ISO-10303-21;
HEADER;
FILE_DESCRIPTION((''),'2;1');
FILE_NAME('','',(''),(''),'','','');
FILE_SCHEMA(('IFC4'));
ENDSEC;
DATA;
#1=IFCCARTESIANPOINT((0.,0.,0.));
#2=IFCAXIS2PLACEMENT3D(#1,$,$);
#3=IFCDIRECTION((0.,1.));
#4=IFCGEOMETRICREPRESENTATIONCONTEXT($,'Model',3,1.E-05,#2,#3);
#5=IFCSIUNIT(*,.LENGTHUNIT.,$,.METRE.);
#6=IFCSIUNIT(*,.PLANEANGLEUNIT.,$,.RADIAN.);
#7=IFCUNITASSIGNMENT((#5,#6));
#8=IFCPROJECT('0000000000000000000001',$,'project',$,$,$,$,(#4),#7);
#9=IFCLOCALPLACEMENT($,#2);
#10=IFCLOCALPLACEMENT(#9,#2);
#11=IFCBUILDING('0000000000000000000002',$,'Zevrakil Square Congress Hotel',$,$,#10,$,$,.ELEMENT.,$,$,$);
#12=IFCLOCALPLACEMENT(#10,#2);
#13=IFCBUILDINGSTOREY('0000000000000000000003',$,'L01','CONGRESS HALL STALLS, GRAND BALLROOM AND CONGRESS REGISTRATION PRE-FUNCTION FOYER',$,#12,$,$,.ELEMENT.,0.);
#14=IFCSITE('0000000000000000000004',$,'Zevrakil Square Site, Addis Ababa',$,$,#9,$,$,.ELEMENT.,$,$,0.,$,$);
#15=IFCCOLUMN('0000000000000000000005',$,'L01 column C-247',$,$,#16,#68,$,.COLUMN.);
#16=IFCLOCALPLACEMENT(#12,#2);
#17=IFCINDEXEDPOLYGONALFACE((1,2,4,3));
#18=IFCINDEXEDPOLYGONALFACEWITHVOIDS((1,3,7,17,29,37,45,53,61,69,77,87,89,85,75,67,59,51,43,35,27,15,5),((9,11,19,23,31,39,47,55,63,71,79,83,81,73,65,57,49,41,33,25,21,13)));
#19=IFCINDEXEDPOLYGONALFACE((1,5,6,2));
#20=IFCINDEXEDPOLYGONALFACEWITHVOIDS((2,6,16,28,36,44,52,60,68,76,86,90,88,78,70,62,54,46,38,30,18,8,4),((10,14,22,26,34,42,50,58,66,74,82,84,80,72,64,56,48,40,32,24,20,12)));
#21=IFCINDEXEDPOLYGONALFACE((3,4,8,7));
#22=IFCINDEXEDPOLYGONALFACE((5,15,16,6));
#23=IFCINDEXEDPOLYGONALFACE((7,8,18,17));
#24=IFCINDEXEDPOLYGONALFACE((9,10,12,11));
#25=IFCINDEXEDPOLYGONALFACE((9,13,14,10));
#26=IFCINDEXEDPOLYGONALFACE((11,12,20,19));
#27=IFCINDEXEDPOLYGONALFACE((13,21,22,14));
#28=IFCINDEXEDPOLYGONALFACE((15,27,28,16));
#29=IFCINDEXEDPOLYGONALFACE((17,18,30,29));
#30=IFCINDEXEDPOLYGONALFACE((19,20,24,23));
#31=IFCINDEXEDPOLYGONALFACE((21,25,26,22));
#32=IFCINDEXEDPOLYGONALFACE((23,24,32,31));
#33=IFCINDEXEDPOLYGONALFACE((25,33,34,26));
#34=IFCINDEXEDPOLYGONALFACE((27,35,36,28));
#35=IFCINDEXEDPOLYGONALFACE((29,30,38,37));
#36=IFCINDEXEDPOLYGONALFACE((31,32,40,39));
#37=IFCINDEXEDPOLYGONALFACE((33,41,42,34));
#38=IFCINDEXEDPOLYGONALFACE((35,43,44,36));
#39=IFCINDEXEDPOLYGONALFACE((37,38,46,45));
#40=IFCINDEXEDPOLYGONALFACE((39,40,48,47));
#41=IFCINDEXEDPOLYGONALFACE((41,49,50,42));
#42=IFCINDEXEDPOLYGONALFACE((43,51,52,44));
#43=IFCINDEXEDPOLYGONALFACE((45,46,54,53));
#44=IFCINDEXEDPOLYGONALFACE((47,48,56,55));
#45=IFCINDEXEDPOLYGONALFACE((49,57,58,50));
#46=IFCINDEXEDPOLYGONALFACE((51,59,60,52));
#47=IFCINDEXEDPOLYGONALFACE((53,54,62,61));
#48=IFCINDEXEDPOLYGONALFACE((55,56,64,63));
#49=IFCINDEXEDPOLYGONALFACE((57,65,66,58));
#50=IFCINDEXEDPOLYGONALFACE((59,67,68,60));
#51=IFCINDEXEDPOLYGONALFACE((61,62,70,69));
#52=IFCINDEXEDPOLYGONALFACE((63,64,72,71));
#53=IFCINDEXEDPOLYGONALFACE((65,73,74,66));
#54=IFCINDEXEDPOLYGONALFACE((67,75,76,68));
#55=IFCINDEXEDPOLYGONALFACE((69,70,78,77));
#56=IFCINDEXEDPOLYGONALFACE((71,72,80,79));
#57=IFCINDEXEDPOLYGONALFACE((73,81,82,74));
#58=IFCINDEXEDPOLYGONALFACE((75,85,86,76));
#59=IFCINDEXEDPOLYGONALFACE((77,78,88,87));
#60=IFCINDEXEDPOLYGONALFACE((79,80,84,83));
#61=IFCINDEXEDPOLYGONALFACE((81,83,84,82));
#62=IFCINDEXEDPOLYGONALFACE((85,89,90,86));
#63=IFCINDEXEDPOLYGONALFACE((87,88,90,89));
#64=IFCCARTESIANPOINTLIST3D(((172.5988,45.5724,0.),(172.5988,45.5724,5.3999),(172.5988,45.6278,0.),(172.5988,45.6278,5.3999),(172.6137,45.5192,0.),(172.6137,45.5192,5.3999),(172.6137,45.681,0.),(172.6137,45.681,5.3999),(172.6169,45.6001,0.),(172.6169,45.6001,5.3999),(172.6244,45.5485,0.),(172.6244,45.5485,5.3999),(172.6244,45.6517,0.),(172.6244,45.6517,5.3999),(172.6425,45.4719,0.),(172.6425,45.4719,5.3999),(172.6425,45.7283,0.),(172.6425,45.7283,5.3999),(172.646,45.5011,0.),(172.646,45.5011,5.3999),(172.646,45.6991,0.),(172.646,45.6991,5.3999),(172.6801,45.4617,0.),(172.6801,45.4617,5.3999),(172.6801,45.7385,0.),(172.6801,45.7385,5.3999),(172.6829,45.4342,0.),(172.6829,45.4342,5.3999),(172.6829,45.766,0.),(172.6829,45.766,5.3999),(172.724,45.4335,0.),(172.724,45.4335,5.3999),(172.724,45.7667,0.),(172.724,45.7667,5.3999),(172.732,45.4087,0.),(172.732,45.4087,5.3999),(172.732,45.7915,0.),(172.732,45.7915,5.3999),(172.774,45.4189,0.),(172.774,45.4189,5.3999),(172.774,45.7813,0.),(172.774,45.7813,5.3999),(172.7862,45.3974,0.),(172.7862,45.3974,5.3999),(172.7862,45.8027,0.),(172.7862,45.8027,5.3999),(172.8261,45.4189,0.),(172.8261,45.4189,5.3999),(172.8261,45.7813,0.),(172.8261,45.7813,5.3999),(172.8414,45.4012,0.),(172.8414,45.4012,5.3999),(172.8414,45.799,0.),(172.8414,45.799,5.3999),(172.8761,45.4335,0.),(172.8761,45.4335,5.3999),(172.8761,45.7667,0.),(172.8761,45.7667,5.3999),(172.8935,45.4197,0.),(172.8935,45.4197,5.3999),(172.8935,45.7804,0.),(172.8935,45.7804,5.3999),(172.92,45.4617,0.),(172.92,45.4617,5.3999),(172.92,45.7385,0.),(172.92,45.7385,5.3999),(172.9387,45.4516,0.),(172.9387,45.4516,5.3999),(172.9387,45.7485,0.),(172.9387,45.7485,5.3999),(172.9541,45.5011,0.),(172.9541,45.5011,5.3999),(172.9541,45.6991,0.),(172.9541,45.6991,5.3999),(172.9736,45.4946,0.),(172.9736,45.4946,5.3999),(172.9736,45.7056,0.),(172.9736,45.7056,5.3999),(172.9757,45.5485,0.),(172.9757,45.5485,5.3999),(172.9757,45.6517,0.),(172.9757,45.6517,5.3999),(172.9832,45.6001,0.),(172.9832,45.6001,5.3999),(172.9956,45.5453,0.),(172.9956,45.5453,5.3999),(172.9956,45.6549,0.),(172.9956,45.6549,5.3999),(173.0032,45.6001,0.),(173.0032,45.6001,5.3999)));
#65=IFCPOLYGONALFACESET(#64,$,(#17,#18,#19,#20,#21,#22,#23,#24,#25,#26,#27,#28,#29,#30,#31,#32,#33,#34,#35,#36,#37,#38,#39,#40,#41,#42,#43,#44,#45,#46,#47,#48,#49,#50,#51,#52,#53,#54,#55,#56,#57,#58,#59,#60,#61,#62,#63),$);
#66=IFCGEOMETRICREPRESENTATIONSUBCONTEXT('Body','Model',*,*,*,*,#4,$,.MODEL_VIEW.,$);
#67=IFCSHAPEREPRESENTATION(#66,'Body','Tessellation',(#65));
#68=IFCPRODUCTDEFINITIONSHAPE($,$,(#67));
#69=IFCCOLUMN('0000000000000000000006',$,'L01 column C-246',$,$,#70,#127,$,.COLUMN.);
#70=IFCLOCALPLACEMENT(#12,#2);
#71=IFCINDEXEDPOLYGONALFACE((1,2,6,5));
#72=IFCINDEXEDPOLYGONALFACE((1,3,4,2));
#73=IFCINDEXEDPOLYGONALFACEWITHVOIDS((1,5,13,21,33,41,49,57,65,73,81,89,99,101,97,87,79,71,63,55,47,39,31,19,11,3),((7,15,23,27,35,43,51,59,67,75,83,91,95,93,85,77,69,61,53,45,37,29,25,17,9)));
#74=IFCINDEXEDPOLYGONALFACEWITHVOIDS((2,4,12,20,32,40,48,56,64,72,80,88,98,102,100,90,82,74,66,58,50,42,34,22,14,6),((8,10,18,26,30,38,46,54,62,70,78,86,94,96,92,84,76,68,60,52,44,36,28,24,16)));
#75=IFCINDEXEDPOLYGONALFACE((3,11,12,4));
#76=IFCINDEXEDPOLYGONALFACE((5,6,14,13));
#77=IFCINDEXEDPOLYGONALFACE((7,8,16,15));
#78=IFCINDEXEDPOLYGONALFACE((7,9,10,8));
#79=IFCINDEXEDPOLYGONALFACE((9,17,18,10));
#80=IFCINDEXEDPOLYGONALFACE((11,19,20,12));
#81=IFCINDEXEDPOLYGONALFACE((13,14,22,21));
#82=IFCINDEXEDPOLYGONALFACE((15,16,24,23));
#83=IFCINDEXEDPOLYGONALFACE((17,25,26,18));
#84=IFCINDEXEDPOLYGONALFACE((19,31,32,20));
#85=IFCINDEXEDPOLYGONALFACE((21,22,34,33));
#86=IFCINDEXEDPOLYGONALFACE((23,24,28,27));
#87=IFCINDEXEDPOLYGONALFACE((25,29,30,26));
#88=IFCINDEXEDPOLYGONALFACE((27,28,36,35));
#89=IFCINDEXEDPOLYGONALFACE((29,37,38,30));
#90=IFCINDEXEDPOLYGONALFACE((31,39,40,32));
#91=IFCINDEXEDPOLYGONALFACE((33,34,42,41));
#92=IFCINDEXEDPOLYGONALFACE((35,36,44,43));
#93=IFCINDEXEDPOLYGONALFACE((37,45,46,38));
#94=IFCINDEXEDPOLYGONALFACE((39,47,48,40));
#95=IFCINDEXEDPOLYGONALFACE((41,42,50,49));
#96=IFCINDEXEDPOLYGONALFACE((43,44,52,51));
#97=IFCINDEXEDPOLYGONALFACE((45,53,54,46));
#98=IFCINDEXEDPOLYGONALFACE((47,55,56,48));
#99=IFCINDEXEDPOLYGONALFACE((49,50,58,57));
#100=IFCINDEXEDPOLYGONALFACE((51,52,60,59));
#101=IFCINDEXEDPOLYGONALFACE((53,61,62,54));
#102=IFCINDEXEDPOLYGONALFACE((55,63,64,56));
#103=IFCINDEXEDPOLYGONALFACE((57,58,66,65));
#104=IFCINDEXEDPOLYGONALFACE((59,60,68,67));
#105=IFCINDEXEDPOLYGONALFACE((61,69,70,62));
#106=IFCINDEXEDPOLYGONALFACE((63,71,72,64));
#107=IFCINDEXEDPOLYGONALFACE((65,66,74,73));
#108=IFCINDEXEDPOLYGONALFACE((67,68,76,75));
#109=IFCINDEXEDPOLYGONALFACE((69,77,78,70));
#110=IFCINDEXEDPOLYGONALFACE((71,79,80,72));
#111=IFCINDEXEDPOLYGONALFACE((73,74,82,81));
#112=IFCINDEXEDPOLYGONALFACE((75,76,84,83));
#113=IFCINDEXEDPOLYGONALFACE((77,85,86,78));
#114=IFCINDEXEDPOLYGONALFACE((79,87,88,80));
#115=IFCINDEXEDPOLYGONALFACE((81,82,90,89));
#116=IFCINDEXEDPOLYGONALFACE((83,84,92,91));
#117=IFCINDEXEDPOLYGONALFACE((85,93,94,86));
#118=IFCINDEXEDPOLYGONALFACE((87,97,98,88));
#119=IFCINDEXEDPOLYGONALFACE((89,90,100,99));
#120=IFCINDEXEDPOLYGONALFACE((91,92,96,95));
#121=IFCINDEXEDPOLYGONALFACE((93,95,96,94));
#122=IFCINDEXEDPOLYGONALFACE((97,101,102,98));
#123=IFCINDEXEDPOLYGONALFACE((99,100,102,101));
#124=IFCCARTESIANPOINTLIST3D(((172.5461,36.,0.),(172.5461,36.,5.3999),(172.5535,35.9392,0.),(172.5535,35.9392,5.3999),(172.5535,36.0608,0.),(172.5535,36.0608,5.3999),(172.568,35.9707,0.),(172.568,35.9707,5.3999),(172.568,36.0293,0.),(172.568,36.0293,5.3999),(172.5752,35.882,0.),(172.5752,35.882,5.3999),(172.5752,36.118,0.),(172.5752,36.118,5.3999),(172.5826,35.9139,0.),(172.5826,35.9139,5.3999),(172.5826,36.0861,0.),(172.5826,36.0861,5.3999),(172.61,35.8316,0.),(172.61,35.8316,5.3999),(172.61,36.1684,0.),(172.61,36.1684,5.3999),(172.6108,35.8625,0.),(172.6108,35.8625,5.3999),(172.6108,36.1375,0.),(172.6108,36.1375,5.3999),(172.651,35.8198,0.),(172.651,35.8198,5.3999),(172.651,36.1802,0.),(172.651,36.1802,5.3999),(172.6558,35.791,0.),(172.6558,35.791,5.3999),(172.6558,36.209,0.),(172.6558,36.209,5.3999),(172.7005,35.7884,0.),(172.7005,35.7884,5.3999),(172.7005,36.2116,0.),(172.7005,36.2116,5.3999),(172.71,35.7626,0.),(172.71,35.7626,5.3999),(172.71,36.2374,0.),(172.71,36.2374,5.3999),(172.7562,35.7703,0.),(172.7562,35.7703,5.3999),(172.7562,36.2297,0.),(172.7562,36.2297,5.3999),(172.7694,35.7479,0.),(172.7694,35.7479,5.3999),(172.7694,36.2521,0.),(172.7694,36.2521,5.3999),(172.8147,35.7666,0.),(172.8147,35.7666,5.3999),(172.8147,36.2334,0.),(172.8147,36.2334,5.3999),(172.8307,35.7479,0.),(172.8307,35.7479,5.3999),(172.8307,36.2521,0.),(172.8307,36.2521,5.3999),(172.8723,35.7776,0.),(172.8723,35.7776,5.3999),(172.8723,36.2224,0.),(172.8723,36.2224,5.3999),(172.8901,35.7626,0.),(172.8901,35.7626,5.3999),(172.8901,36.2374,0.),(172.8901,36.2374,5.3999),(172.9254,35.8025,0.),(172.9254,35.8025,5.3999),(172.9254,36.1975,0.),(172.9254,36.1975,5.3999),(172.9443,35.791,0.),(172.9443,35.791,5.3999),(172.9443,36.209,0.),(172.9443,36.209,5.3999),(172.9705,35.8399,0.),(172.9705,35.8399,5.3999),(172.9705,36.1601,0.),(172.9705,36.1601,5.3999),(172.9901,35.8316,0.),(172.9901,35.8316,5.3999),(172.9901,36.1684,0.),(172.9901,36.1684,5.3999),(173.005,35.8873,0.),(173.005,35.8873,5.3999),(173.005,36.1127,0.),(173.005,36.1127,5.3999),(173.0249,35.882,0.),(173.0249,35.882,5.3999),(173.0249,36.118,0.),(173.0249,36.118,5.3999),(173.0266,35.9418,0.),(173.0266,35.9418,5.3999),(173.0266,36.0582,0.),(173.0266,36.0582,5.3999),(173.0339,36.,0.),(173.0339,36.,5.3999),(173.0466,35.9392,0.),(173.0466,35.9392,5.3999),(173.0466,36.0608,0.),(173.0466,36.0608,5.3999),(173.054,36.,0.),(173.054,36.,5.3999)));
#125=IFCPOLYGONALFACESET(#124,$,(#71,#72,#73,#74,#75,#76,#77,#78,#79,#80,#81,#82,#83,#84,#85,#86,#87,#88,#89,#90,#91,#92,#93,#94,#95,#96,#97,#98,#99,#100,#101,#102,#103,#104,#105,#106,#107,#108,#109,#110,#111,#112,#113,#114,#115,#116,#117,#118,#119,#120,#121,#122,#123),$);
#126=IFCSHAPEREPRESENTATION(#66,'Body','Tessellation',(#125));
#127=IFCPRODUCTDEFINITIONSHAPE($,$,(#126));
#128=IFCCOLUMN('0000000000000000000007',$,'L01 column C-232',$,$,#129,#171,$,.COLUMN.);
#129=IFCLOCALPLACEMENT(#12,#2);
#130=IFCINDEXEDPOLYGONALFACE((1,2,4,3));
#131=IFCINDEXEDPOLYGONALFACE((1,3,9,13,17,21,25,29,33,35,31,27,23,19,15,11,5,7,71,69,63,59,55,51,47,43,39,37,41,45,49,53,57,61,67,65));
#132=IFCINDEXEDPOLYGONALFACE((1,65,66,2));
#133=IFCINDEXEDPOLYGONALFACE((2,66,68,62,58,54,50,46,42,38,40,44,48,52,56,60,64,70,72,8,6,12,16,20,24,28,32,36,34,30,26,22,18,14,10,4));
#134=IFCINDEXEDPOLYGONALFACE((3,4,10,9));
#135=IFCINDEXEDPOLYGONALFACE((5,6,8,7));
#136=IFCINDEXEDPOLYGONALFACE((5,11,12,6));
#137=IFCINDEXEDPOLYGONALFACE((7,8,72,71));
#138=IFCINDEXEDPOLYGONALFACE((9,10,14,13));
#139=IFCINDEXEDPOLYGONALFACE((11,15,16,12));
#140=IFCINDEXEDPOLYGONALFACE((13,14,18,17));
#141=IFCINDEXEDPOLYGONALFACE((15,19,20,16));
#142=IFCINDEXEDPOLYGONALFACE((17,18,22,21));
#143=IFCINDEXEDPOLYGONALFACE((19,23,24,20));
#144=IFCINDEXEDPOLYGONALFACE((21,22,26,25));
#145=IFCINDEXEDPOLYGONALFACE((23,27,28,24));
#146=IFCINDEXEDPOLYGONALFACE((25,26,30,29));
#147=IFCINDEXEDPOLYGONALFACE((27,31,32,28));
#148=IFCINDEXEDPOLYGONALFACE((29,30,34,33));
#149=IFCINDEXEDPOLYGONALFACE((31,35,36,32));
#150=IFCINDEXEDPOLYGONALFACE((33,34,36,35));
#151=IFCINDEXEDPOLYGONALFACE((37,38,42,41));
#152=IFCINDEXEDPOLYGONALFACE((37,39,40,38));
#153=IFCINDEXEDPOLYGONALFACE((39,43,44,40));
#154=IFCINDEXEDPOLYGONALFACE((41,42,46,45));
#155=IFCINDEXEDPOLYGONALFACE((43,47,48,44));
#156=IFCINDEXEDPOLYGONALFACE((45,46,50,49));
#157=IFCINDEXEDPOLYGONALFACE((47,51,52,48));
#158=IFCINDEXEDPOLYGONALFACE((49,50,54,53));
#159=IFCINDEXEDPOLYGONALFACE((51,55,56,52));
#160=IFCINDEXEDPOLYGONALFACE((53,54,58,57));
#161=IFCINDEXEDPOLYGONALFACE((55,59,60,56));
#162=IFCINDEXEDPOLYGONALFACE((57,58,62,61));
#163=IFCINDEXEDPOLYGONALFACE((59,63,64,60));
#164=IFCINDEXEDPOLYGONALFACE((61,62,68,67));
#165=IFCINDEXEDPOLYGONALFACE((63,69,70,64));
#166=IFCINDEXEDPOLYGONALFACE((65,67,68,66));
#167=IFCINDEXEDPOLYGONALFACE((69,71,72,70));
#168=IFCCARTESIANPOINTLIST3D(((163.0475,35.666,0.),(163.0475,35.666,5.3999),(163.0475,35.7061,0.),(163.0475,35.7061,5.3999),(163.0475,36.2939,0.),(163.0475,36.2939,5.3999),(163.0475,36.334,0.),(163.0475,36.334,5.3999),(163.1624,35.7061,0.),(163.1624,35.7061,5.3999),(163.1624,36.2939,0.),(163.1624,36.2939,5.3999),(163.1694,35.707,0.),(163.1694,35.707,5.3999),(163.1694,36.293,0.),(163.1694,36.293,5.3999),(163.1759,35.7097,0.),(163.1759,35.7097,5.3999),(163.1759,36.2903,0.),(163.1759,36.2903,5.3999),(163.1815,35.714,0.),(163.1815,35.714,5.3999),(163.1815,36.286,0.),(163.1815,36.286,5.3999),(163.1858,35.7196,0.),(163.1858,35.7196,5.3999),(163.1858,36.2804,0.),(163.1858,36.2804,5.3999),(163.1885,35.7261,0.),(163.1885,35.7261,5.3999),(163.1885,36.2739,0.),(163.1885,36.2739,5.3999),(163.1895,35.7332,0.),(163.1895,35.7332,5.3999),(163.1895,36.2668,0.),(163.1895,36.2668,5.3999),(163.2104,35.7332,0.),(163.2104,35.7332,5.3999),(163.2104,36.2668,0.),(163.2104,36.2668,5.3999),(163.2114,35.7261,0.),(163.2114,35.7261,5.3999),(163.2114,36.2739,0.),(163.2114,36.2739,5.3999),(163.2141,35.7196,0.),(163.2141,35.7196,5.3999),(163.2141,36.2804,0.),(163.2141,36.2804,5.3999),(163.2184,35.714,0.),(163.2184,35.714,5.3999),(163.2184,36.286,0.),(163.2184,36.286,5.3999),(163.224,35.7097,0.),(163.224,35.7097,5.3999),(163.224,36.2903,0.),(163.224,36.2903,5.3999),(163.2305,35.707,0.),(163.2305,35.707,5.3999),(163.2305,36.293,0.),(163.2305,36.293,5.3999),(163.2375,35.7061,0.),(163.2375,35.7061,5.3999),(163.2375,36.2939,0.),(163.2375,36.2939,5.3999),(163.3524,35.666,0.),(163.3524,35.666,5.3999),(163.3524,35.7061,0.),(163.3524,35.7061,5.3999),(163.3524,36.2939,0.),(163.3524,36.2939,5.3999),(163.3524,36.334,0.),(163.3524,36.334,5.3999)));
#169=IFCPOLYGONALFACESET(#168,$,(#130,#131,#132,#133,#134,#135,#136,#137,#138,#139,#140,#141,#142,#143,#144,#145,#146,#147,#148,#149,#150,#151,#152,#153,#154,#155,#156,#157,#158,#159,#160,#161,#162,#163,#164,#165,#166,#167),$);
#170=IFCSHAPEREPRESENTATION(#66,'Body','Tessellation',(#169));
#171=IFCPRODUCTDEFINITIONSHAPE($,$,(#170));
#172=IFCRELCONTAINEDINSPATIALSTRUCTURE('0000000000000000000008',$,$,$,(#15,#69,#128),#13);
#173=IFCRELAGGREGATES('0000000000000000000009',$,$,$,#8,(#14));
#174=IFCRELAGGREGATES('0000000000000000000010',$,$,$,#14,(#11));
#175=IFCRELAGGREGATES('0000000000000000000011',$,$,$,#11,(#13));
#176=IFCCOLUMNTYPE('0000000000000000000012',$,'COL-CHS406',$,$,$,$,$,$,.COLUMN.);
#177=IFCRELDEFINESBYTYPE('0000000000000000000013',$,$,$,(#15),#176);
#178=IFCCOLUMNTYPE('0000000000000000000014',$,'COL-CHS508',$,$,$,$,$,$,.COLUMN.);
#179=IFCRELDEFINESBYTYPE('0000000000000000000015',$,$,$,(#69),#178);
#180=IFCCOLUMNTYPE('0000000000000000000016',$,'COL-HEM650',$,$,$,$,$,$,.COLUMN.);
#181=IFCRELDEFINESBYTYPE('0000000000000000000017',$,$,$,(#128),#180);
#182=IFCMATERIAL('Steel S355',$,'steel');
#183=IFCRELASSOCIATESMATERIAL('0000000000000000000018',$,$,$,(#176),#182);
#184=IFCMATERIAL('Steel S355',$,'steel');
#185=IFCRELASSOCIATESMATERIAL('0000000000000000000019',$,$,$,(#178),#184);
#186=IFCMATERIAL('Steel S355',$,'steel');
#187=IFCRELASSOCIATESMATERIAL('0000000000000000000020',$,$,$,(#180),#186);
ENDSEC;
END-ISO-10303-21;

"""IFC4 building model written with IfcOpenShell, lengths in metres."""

from ifc_helpers import new_model, si_unit, direction, frame, origin, origin_2d, place, context, subcontext, project, spatial, hollow_circle, i_section, extrude, material, material_profile, profile_set, type_object, element, save


model = new_model("IFC4")

# Units and contexts
model_context = context("Model", 3, precision=1e-05, world=origin(), true_north=direction((0.0, 1.0)))
body_context = subcontext(model_context, "Body", "Model", "MODEL_VIEW")
ifc_project = project(units=[si_unit("LENGTHUNIT", "METRE"), si_unit("PLANEANGLEUNIT", "RADIAN")], contexts=[model_context])

# Site, building, storey
site_placement = place(None, origin())
site = spatial("IfcSite", under=ifc_project, at=site_placement, Name="Zevrakil Square Site, Addis Ababa", CompositionType="ELEMENT", RefElevation=0.0)
building_placement = place(site_placement, origin())
building = spatial("IfcBuilding", under=site, at=building_placement, Name="Zevrakil Square Congress Hotel", CompositionType="ELEMENT")
storey_placement = place(building_placement, origin())
storey = spatial("IfcBuildingStorey", under=building, at=storey_placement, Name="L01", Description="CONGRESS HALL STALLS, GRAND BALLROOM AND CONGRESS REGISTRATION PRE-FUNCTION FOYER", CompositionType="ELEMENT", Elevation=0.0)

# Columns
ifc_material_1 = material(Name="Steel S355", Category="steel")
ifc_material_profile_1 = material_profile(ifc_material_1, hollow_circle(Radius=0.2031, WallThickness=0.02, at=origin_2d()), Name="CHS 406.4x20")
ifc_profile_set_1 = profile_set([ifc_material_profile_1], Name="Steel S355")
column_type_1 = type_object("IfcColumnType", Name="COL-CHS406", PredefinedType="COLUMN", material=ifc_profile_set_1)
column_1_placement = place(storey_placement, frame((172.8, 45.6001, 0.0), z_axis=(0.0, 0.0, 1.0), x_axis=(1.0, 0.0, 0.0)))
element("IfcColumn", 1, at=column_1_placement, inside=storey, type_object=column_type_1, Name="L01 column C-247", PredefinedType="COLUMN", context=body_context, shape_type="SweptSolid", body=[
    extrude(hollow_circle(Radius=0.2031, WallThickness=0.02, at=origin_2d()), origin(), (0.0, 0.0, 1.0), 5.3999),
])
ifc_material_2 = material(Name="Steel S355", Category="steel")
ifc_material_profile_2 = material_profile(ifc_material_2, hollow_circle(Radius=0.2539, WallThickness=0.02, at=origin_2d()), Name="CHS 508x20")
ifc_profile_set_2 = profile_set([ifc_material_profile_2], Name="Steel S355")
column_type_2 = type_object("IfcColumnType", Name="COL-CHS508", PredefinedType="COLUMN", material=ifc_profile_set_2)
column_2_placement = place(storey_placement, frame((172.8, 36.0, 0.0), z_axis=(0.0, 0.0, 1.0), x_axis=(1.0, 0.0, 0.0)))
element("IfcColumn", 2, at=column_2_placement, inside=storey, type_object=column_type_2, Name="L01 column C-246", PredefinedType="COLUMN", context=body_context, shape_type="SweptSolid", body=[
    extrude(hollow_circle(Radius=0.2539, WallThickness=0.02, at=origin_2d()), origin(), (0.0, 0.0, 1.0), 5.3999),
])
ifc_material_3 = material(Name="Steel S355", Category="steel")
ifc_material_profile_3 = material_profile(ifc_material_3, i_section(OverallWidth=0.3049, OverallDepth=0.668, WebThickness=0.021, FlangeThickness=0.04, FilletRadius=0.0271, at=origin_2d()), Name="HEM 650")
ifc_profile_set_3 = profile_set([ifc_material_profile_3], Name="Steel S355")
column_type_3 = type_object("IfcColumnType", Name="COL-HEM650", PredefinedType="COLUMN", material=ifc_profile_set_3)
column_3_placement = place(storey_placement, frame((163.2, 36.0, 0.0), z_axis=(0.0, 0.0, 1.0), x_axis=(1.0, 0.0, 0.0)))
element("IfcColumn", 3, at=column_3_placement, inside=storey, type_object=column_type_3, Name="L01 column C-232", PredefinedType="COLUMN", context=body_context, shape_type="SweptSolid", body=[
    extrude(i_section(OverallWidth=0.3049, OverallDepth=0.668, WebThickness=0.021, FlangeThickness=0.04, FilletRadius=0.0271, at=origin_2d()), origin(), (0.0, 0.0, 1.0), 5.3999),
])

save(model, "model.ifc")
